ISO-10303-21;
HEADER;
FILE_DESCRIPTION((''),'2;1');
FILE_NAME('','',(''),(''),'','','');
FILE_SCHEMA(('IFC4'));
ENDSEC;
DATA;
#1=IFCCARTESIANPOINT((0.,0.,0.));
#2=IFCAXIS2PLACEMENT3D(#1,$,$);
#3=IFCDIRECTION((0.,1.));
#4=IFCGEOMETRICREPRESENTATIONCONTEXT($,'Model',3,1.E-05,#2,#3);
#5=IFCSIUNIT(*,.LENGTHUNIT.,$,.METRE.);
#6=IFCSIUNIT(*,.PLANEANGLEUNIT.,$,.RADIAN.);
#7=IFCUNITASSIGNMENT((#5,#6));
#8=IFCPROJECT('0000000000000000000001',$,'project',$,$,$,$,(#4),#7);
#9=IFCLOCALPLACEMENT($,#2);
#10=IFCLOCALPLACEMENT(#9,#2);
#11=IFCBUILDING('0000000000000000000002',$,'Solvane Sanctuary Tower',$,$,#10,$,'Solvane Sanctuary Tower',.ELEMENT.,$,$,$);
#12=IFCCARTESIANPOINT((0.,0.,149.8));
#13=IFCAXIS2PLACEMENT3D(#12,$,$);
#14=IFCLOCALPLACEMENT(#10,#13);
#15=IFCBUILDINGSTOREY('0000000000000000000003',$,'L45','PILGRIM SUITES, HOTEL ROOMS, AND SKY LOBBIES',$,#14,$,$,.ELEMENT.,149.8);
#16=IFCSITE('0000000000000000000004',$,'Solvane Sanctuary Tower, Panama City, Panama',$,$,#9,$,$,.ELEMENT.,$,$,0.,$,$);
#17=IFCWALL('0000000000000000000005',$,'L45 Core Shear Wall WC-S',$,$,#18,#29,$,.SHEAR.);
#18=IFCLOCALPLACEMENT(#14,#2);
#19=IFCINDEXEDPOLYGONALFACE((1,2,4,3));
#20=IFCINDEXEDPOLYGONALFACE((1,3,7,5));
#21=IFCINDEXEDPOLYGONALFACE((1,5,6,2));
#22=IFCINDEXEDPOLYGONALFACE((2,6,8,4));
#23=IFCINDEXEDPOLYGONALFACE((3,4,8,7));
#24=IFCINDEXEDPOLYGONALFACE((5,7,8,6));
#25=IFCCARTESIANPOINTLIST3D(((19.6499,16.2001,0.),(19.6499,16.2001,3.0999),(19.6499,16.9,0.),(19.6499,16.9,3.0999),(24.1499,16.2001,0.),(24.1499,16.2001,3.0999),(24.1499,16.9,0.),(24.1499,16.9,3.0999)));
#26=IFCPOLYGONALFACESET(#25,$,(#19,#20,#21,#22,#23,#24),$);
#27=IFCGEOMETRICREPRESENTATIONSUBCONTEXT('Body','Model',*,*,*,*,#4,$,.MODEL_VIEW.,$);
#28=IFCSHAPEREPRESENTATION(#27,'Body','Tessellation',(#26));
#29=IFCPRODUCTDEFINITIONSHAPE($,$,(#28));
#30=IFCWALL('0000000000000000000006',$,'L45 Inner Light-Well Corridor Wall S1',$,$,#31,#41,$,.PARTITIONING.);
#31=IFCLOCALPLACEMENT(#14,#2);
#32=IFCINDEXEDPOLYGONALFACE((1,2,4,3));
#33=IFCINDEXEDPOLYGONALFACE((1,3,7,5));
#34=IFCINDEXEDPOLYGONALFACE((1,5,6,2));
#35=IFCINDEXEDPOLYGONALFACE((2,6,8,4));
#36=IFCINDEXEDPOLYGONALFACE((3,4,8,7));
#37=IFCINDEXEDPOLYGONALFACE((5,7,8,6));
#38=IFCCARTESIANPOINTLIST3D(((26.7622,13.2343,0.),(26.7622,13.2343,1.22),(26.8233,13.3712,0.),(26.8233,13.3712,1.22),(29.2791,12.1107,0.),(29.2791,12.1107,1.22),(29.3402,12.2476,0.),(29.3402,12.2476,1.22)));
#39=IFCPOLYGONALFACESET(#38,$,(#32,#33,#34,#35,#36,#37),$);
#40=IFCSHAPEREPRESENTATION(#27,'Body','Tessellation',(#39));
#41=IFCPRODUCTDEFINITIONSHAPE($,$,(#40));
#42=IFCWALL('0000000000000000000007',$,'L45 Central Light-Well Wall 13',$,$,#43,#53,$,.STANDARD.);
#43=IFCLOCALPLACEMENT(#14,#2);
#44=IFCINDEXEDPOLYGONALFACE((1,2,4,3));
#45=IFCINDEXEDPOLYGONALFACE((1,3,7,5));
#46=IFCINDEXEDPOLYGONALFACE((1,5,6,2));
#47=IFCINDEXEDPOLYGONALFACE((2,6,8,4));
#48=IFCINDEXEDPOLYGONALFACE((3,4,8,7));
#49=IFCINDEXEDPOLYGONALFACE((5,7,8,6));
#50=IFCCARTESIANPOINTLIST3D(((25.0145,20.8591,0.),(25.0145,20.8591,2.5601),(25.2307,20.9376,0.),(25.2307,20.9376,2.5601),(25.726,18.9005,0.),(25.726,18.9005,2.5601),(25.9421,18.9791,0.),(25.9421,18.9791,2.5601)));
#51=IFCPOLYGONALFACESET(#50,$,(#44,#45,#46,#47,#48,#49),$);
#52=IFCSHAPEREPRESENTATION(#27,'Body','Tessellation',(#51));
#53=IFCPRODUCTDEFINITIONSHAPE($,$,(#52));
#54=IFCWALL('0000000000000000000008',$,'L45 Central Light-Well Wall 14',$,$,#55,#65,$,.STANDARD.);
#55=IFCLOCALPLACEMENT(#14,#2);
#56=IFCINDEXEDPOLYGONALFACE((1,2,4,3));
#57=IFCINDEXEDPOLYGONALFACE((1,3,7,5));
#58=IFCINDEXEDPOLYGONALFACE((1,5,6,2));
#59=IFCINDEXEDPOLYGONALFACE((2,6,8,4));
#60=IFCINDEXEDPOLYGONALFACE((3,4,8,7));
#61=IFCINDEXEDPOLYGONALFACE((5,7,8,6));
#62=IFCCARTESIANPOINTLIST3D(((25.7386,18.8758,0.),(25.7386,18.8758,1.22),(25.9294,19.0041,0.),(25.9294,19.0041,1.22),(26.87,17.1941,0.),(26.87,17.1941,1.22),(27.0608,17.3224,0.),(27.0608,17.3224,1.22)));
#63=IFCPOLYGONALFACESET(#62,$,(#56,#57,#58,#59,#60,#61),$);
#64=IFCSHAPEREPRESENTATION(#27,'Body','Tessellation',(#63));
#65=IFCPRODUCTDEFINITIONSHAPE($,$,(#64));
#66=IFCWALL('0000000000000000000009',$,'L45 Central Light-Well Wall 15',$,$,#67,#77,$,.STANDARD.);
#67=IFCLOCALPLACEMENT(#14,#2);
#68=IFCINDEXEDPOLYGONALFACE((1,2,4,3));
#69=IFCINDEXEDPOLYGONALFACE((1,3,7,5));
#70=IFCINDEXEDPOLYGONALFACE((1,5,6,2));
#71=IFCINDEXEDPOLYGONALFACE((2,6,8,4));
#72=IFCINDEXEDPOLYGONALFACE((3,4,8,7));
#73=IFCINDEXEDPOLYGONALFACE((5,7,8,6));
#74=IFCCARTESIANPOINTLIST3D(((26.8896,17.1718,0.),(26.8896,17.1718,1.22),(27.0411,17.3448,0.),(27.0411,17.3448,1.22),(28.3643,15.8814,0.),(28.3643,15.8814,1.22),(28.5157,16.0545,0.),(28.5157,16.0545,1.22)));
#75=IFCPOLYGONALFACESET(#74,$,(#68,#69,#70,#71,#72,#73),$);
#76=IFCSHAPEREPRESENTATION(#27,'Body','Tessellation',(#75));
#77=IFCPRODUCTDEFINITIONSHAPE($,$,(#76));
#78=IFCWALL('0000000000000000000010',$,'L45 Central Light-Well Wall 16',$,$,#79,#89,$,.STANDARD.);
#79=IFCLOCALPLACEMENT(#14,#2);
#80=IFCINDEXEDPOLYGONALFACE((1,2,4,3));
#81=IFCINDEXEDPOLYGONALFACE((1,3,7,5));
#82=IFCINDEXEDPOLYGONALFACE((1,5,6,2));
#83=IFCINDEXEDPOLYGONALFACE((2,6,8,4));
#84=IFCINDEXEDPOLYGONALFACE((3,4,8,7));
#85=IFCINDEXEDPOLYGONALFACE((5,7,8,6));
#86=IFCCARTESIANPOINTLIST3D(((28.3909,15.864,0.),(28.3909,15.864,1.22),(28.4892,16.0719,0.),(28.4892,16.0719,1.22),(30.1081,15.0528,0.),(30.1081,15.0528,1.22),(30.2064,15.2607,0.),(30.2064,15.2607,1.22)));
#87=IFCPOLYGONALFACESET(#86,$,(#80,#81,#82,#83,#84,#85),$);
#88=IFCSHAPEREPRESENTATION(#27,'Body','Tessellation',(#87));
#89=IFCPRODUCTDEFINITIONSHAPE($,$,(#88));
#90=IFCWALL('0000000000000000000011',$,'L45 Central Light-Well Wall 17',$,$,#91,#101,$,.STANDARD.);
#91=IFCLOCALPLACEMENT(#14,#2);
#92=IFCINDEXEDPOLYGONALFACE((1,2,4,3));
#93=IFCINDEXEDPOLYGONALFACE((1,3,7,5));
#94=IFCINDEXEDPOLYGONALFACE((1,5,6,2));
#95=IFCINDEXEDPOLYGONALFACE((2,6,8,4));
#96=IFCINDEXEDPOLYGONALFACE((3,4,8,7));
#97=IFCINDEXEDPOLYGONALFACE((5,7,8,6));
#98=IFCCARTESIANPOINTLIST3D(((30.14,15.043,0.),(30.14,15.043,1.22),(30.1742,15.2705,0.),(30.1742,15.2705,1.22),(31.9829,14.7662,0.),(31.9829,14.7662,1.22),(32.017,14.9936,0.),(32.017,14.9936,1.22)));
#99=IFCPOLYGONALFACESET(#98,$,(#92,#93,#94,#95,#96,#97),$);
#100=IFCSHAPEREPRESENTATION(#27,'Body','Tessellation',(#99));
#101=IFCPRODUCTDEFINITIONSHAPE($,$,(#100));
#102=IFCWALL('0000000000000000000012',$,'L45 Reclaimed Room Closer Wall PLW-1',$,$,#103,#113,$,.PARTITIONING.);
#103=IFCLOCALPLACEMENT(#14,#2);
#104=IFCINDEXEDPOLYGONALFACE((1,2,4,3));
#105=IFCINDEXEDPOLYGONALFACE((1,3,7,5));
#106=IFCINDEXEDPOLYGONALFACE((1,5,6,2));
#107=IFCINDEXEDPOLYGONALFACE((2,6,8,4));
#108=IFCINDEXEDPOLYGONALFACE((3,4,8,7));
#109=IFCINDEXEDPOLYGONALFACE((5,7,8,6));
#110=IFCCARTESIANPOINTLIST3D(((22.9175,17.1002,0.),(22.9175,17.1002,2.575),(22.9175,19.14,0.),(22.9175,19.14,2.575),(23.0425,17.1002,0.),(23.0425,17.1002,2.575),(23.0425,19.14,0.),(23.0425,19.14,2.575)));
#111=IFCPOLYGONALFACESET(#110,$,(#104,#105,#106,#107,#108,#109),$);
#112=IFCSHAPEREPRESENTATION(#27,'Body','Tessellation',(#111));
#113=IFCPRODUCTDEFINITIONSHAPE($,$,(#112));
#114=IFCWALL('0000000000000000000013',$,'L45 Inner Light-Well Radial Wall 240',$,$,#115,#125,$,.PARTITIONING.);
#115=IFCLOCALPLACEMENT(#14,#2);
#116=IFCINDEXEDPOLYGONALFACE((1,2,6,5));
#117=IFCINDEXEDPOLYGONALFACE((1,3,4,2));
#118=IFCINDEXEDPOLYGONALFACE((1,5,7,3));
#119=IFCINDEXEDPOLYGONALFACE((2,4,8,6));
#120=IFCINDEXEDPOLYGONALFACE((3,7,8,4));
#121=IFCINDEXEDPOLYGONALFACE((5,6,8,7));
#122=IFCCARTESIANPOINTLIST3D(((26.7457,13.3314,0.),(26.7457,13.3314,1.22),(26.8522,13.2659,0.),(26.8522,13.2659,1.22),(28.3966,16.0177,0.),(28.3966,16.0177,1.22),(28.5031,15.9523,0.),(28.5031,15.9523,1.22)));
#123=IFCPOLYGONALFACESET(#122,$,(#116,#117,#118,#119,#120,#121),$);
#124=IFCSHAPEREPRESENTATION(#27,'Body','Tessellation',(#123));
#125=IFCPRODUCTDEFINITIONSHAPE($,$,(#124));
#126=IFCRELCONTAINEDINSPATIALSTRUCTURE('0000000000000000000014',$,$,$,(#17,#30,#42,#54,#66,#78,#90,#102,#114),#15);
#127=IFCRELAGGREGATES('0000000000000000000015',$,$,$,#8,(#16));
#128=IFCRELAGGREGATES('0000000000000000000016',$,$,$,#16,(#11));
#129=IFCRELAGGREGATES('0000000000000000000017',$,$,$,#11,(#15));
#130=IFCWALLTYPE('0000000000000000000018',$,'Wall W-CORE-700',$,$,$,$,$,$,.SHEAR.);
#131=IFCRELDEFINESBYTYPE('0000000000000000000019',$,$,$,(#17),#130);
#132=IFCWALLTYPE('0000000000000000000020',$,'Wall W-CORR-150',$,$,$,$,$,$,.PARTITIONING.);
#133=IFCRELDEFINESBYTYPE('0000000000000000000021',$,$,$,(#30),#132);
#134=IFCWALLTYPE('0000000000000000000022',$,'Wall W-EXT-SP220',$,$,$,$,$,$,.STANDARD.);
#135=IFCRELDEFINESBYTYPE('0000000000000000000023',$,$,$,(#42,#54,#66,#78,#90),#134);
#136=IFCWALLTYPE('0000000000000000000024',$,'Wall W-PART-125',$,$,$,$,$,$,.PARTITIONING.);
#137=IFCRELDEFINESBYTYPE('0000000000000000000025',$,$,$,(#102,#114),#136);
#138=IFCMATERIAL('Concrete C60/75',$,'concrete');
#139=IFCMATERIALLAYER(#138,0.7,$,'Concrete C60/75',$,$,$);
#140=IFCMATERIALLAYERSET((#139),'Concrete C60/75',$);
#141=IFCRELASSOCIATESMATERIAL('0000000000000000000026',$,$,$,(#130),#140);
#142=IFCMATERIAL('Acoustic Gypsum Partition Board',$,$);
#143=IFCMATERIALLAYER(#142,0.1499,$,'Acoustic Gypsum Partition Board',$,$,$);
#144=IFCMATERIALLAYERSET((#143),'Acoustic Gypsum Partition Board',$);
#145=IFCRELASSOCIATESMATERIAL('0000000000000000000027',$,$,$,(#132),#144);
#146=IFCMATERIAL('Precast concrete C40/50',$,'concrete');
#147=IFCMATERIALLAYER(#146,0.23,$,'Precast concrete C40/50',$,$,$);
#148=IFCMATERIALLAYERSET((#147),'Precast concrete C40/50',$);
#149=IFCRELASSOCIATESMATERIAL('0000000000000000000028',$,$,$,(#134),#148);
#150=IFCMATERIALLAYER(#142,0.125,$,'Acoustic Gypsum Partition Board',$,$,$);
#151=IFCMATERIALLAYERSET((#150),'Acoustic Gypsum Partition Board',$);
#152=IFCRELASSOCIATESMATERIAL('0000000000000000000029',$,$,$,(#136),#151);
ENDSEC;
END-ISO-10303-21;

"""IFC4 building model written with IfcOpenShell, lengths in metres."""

from ifc_helpers import new_model, si_unit, direction, frame, frame_2d, origin, place, context, subcontext, project, spatial, rectangle, extrude, material, layer, layer_set, type_object, element, save


model = new_model("IFC4")

# Units and contexts
model_context = context("Model", 3, precision=1e-05, world=origin(), true_north=direction((0.0, 1.0)))
body_context = subcontext(model_context, "Body", "Model", "MODEL_VIEW")
ifc_project = project(units=[si_unit("LENGTHUNIT", "METRE"), si_unit("PLANEANGLEUNIT", "RADIAN")], contexts=[model_context])

# Site, building, storey
site_placement = place(None, origin())
site = spatial("IfcSite", under=ifc_project, at=site_placement, Name="Solvane Sanctuary Tower, Panama City, Panama", CompositionType="ELEMENT", RefElevation=0.0)
building_placement = place(site_placement, origin())
building = spatial("IfcBuilding", under=site, at=building_placement, Name="Solvane Sanctuary Tower", LongName="Solvane Sanctuary Tower", CompositionType="ELEMENT")
storey_placement = place(building_placement, frame((0.0, 0.0, 149.8)))
storey = spatial("IfcBuildingStorey", under=building, at=storey_placement, Name="L45", Description="PILGRIM SUITES, HOTEL ROOMS, AND SKY LOBBIES", CompositionType="ELEMENT", Elevation=149.8)

# Walls
ifc_material_1 = material(Name="Concrete C60/75", Category="concrete")
ifc_layer_1 = layer(ifc_material_1, 0.7, Name="Concrete C60/75")
ifc_layer_set_1 = layer_set([ifc_layer_1], Name="Concrete C60/75")
wall_type_1 = type_object("IfcWallType", Name="Wall W-CORE-700", PredefinedType="SHEAR", material=ifc_layer_set_1)
wall_1_placement = place(storey_placement, frame((19.6499, 16.55, 0.0), z_axis=(0.0, 0.0, 1.0), x_axis=(1.0, 0.0, 0.0)))
element("IfcWall", 1, at=wall_1_placement, inside=storey, type_object=wall_type_1, Name="L45 Core Shear Wall WC-S", PredefinedType="SHEAR", context=body_context, shape_type="SweptSolid", body=[
    extrude(rectangle(XDim=4.5, YDim=0.7, at=frame_2d((2.25, 0.0))), origin(), (0.0, 0.0, 1.0), 3.0999),
])
ifc_material_2 = material(Name="Acoustic Gypsum Partition Board")
ifc_layer_2 = layer(ifc_material_2, 0.1499, Name="Acoustic Gypsum Partition Board")
ifc_layer_set_2 = layer_set([ifc_layer_2], Name="Acoustic Gypsum Partition Board")
wall_type_2 = type_object("IfcWallType", Name="Wall W-CORR-150", PredefinedType="PARTITIONING", material=ifc_layer_set_2)
wall_2_placement = place(storey_placement, frame((26.7927, 13.3027, 0.0), z_axis=(0.0, 0.0, 1.0), x_axis=(0.913146, -0.407634, 0.0)))
element("IfcWall", 2, at=wall_2_placement, inside=storey, type_object=wall_type_2, Name="L45 Inner Light-Well Corridor Wall S1", PredefinedType="PARTITIONING", context=body_context, shape_type="SweptSolid", body=[
    extrude(rectangle(XDim=2.7563, YDim=0.1499, at=frame_2d((1.3782, 0.0))), origin(), (0.0, 0.0, 1.0), 1.22),
])
ifc_material_3 = material(Name="Precast concrete C40/50", Category="concrete")
ifc_layer_3 = layer(ifc_material_3, 0.23, Name="Precast concrete C40/50")
ifc_layer_set_3 = layer_set([ifc_layer_3], Name="Precast concrete C40/50")
wall_type_3 = type_object("IfcWallType", Name="Wall W-EXT-SP220", PredefinedType="STANDARD", material=ifc_layer_set_3)
wall_3_placement = place(storey_placement, frame((25.1226, 20.8984, 0.0), z_axis=(0.0, 0.0, 1.0), x_axis=(0.341423, -0.93991, 0.0)))
element("IfcWall", 3, at=wall_3_placement, inside=storey, type_object=wall_type_3, Name="L45 Central Light-Well Wall 13", PredefinedType="STANDARD", context=body_context, shape_type="SweptSolid", body=[
    extrude(rectangle(XDim=2.0837, YDim=0.23, at=frame_2d((1.042, 0.0))), origin(), (0.0, 0.0, 1.0), 2.5601),
])
wall_4_placement = place(storey_placement, frame((25.834, 18.9399, 0.0), z_axis=(0.0, 0.0, 1.0), x_axis=(0.558198, -0.829708, 0.0)))
element("IfcWall", 4, at=wall_4_placement, inside=storey, type_object=wall_type_3, Name="L45 Central Light-Well Wall 14", PredefinedType="STANDARD", context=body_context, shape_type="SweptSolid", body=[
    extrude(rectangle(XDim=2.0269, YDim=0.23, at=frame_2d((1.0134, 0.0))), origin(), (0.0, 0.0, 1.0), 1.22),
])
wall_5_placement = place(storey_placement, frame((26.9653, 17.2583, 0.0), z_axis=(0.0, 0.0, 1.0), x_axis=(0.752577, -0.658505, 0.0)))
element("IfcWall", 5, at=wall_5_placement, inside=storey, type_object=wall_type_3, Name="L45 Central Light-Well Wall 15", PredefinedType="STANDARD", context=body_context, shape_type="SweptSolid", body=[
    extrude(rectangle(XDim=1.9595, YDim=0.23, at=frame_2d((0.9797, 0.0))), origin(), (0.0, 0.0, 1.0), 1.22),
])
wall_6_placement = place(storey_placement, frame((28.4399, 15.968, 0.0), z_axis=(0.0, 0.0, 1.0), x_axis=(0.90418, -0.427152, 0.0)))
element("IfcWall", 6, at=wall_6_placement, inside=storey, type_object=wall_type_3, Name="L45 Central Light-Well Wall 16", PredefinedType="STANDARD", context=body_context, shape_type="SweptSolid", body=[
    extrude(rectangle(XDim=1.8992, YDim=0.23, at=frame_2d((0.9497, 0.0))), origin(), (0.0, 0.0, 1.0), 1.22),
])
wall_7_placement = place(storey_placement, frame((30.1572, 15.1567, 0.0), z_axis=(0.0, 0.0, 1.0), x_axis=(0.988902, -0.148571, 0.0)))
element("IfcWall", 7, at=wall_7_placement, inside=storey, type_object=wall_type_3, Name="L45 Central Light-Well Wall 17", PredefinedType="STANDARD", context=body_context, shape_type="SweptSolid", body=[
    extrude(rectangle(XDim=1.8635, YDim=0.23, at=frame_2d((0.9316, 0.0))), origin(), (0.0, 0.0, 1.0), 1.22),
])
ifc_layer_4 = layer(ifc_material_2, 0.125, Name="Acoustic Gypsum Partition Board")
ifc_layer_set_4 = layer_set([ifc_layer_4], Name="Acoustic Gypsum Partition Board")
wall_type_4 = type_object("IfcWallType", Name="Wall W-PART-125", PredefinedType="PARTITIONING", material=ifc_layer_set_4)
wall_8_placement = place(storey_placement, frame((22.98, 17.1001, 0.0), z_axis=(0.0, 0.0, 1.0), x_axis=(0.0, 1.0, 0.0)))
element("IfcWall", 8, at=wall_8_placement, inside=storey, type_object=wall_type_4, Name="L45 Reclaimed Room Closer Wall PLW-1", PredefinedType="PARTITIONING", context=body_context, shape_type="SweptSolid", body=[
    extrude(rectangle(XDim=2.0398, YDim=0.125, at=frame_2d((1.02, 0.0))), origin(), (0.0, 0.0, 1.0), 2.575),
])
wall_9_placement = place(storey_placement, frame((28.45, 15.9851, 0.0), z_axis=(0.0, 0.0, 1.0), x_axis=(-0.523588, -0.851972, 0.0)))
element("IfcWall", 9, at=wall_9_placement, inside=storey, type_object=wall_type_4, Name="L45 Inner Light-Well Radial Wall 240", PredefinedType="PARTITIONING", context=body_context, shape_type="SweptSolid", body=[
    extrude(rectangle(XDim=3.1531, YDim=0.125, at=frame_2d((1.5767, 0.0))), origin(), (0.0, 0.0, 1.0), 1.22),
])

save(model, "model.ifc")
